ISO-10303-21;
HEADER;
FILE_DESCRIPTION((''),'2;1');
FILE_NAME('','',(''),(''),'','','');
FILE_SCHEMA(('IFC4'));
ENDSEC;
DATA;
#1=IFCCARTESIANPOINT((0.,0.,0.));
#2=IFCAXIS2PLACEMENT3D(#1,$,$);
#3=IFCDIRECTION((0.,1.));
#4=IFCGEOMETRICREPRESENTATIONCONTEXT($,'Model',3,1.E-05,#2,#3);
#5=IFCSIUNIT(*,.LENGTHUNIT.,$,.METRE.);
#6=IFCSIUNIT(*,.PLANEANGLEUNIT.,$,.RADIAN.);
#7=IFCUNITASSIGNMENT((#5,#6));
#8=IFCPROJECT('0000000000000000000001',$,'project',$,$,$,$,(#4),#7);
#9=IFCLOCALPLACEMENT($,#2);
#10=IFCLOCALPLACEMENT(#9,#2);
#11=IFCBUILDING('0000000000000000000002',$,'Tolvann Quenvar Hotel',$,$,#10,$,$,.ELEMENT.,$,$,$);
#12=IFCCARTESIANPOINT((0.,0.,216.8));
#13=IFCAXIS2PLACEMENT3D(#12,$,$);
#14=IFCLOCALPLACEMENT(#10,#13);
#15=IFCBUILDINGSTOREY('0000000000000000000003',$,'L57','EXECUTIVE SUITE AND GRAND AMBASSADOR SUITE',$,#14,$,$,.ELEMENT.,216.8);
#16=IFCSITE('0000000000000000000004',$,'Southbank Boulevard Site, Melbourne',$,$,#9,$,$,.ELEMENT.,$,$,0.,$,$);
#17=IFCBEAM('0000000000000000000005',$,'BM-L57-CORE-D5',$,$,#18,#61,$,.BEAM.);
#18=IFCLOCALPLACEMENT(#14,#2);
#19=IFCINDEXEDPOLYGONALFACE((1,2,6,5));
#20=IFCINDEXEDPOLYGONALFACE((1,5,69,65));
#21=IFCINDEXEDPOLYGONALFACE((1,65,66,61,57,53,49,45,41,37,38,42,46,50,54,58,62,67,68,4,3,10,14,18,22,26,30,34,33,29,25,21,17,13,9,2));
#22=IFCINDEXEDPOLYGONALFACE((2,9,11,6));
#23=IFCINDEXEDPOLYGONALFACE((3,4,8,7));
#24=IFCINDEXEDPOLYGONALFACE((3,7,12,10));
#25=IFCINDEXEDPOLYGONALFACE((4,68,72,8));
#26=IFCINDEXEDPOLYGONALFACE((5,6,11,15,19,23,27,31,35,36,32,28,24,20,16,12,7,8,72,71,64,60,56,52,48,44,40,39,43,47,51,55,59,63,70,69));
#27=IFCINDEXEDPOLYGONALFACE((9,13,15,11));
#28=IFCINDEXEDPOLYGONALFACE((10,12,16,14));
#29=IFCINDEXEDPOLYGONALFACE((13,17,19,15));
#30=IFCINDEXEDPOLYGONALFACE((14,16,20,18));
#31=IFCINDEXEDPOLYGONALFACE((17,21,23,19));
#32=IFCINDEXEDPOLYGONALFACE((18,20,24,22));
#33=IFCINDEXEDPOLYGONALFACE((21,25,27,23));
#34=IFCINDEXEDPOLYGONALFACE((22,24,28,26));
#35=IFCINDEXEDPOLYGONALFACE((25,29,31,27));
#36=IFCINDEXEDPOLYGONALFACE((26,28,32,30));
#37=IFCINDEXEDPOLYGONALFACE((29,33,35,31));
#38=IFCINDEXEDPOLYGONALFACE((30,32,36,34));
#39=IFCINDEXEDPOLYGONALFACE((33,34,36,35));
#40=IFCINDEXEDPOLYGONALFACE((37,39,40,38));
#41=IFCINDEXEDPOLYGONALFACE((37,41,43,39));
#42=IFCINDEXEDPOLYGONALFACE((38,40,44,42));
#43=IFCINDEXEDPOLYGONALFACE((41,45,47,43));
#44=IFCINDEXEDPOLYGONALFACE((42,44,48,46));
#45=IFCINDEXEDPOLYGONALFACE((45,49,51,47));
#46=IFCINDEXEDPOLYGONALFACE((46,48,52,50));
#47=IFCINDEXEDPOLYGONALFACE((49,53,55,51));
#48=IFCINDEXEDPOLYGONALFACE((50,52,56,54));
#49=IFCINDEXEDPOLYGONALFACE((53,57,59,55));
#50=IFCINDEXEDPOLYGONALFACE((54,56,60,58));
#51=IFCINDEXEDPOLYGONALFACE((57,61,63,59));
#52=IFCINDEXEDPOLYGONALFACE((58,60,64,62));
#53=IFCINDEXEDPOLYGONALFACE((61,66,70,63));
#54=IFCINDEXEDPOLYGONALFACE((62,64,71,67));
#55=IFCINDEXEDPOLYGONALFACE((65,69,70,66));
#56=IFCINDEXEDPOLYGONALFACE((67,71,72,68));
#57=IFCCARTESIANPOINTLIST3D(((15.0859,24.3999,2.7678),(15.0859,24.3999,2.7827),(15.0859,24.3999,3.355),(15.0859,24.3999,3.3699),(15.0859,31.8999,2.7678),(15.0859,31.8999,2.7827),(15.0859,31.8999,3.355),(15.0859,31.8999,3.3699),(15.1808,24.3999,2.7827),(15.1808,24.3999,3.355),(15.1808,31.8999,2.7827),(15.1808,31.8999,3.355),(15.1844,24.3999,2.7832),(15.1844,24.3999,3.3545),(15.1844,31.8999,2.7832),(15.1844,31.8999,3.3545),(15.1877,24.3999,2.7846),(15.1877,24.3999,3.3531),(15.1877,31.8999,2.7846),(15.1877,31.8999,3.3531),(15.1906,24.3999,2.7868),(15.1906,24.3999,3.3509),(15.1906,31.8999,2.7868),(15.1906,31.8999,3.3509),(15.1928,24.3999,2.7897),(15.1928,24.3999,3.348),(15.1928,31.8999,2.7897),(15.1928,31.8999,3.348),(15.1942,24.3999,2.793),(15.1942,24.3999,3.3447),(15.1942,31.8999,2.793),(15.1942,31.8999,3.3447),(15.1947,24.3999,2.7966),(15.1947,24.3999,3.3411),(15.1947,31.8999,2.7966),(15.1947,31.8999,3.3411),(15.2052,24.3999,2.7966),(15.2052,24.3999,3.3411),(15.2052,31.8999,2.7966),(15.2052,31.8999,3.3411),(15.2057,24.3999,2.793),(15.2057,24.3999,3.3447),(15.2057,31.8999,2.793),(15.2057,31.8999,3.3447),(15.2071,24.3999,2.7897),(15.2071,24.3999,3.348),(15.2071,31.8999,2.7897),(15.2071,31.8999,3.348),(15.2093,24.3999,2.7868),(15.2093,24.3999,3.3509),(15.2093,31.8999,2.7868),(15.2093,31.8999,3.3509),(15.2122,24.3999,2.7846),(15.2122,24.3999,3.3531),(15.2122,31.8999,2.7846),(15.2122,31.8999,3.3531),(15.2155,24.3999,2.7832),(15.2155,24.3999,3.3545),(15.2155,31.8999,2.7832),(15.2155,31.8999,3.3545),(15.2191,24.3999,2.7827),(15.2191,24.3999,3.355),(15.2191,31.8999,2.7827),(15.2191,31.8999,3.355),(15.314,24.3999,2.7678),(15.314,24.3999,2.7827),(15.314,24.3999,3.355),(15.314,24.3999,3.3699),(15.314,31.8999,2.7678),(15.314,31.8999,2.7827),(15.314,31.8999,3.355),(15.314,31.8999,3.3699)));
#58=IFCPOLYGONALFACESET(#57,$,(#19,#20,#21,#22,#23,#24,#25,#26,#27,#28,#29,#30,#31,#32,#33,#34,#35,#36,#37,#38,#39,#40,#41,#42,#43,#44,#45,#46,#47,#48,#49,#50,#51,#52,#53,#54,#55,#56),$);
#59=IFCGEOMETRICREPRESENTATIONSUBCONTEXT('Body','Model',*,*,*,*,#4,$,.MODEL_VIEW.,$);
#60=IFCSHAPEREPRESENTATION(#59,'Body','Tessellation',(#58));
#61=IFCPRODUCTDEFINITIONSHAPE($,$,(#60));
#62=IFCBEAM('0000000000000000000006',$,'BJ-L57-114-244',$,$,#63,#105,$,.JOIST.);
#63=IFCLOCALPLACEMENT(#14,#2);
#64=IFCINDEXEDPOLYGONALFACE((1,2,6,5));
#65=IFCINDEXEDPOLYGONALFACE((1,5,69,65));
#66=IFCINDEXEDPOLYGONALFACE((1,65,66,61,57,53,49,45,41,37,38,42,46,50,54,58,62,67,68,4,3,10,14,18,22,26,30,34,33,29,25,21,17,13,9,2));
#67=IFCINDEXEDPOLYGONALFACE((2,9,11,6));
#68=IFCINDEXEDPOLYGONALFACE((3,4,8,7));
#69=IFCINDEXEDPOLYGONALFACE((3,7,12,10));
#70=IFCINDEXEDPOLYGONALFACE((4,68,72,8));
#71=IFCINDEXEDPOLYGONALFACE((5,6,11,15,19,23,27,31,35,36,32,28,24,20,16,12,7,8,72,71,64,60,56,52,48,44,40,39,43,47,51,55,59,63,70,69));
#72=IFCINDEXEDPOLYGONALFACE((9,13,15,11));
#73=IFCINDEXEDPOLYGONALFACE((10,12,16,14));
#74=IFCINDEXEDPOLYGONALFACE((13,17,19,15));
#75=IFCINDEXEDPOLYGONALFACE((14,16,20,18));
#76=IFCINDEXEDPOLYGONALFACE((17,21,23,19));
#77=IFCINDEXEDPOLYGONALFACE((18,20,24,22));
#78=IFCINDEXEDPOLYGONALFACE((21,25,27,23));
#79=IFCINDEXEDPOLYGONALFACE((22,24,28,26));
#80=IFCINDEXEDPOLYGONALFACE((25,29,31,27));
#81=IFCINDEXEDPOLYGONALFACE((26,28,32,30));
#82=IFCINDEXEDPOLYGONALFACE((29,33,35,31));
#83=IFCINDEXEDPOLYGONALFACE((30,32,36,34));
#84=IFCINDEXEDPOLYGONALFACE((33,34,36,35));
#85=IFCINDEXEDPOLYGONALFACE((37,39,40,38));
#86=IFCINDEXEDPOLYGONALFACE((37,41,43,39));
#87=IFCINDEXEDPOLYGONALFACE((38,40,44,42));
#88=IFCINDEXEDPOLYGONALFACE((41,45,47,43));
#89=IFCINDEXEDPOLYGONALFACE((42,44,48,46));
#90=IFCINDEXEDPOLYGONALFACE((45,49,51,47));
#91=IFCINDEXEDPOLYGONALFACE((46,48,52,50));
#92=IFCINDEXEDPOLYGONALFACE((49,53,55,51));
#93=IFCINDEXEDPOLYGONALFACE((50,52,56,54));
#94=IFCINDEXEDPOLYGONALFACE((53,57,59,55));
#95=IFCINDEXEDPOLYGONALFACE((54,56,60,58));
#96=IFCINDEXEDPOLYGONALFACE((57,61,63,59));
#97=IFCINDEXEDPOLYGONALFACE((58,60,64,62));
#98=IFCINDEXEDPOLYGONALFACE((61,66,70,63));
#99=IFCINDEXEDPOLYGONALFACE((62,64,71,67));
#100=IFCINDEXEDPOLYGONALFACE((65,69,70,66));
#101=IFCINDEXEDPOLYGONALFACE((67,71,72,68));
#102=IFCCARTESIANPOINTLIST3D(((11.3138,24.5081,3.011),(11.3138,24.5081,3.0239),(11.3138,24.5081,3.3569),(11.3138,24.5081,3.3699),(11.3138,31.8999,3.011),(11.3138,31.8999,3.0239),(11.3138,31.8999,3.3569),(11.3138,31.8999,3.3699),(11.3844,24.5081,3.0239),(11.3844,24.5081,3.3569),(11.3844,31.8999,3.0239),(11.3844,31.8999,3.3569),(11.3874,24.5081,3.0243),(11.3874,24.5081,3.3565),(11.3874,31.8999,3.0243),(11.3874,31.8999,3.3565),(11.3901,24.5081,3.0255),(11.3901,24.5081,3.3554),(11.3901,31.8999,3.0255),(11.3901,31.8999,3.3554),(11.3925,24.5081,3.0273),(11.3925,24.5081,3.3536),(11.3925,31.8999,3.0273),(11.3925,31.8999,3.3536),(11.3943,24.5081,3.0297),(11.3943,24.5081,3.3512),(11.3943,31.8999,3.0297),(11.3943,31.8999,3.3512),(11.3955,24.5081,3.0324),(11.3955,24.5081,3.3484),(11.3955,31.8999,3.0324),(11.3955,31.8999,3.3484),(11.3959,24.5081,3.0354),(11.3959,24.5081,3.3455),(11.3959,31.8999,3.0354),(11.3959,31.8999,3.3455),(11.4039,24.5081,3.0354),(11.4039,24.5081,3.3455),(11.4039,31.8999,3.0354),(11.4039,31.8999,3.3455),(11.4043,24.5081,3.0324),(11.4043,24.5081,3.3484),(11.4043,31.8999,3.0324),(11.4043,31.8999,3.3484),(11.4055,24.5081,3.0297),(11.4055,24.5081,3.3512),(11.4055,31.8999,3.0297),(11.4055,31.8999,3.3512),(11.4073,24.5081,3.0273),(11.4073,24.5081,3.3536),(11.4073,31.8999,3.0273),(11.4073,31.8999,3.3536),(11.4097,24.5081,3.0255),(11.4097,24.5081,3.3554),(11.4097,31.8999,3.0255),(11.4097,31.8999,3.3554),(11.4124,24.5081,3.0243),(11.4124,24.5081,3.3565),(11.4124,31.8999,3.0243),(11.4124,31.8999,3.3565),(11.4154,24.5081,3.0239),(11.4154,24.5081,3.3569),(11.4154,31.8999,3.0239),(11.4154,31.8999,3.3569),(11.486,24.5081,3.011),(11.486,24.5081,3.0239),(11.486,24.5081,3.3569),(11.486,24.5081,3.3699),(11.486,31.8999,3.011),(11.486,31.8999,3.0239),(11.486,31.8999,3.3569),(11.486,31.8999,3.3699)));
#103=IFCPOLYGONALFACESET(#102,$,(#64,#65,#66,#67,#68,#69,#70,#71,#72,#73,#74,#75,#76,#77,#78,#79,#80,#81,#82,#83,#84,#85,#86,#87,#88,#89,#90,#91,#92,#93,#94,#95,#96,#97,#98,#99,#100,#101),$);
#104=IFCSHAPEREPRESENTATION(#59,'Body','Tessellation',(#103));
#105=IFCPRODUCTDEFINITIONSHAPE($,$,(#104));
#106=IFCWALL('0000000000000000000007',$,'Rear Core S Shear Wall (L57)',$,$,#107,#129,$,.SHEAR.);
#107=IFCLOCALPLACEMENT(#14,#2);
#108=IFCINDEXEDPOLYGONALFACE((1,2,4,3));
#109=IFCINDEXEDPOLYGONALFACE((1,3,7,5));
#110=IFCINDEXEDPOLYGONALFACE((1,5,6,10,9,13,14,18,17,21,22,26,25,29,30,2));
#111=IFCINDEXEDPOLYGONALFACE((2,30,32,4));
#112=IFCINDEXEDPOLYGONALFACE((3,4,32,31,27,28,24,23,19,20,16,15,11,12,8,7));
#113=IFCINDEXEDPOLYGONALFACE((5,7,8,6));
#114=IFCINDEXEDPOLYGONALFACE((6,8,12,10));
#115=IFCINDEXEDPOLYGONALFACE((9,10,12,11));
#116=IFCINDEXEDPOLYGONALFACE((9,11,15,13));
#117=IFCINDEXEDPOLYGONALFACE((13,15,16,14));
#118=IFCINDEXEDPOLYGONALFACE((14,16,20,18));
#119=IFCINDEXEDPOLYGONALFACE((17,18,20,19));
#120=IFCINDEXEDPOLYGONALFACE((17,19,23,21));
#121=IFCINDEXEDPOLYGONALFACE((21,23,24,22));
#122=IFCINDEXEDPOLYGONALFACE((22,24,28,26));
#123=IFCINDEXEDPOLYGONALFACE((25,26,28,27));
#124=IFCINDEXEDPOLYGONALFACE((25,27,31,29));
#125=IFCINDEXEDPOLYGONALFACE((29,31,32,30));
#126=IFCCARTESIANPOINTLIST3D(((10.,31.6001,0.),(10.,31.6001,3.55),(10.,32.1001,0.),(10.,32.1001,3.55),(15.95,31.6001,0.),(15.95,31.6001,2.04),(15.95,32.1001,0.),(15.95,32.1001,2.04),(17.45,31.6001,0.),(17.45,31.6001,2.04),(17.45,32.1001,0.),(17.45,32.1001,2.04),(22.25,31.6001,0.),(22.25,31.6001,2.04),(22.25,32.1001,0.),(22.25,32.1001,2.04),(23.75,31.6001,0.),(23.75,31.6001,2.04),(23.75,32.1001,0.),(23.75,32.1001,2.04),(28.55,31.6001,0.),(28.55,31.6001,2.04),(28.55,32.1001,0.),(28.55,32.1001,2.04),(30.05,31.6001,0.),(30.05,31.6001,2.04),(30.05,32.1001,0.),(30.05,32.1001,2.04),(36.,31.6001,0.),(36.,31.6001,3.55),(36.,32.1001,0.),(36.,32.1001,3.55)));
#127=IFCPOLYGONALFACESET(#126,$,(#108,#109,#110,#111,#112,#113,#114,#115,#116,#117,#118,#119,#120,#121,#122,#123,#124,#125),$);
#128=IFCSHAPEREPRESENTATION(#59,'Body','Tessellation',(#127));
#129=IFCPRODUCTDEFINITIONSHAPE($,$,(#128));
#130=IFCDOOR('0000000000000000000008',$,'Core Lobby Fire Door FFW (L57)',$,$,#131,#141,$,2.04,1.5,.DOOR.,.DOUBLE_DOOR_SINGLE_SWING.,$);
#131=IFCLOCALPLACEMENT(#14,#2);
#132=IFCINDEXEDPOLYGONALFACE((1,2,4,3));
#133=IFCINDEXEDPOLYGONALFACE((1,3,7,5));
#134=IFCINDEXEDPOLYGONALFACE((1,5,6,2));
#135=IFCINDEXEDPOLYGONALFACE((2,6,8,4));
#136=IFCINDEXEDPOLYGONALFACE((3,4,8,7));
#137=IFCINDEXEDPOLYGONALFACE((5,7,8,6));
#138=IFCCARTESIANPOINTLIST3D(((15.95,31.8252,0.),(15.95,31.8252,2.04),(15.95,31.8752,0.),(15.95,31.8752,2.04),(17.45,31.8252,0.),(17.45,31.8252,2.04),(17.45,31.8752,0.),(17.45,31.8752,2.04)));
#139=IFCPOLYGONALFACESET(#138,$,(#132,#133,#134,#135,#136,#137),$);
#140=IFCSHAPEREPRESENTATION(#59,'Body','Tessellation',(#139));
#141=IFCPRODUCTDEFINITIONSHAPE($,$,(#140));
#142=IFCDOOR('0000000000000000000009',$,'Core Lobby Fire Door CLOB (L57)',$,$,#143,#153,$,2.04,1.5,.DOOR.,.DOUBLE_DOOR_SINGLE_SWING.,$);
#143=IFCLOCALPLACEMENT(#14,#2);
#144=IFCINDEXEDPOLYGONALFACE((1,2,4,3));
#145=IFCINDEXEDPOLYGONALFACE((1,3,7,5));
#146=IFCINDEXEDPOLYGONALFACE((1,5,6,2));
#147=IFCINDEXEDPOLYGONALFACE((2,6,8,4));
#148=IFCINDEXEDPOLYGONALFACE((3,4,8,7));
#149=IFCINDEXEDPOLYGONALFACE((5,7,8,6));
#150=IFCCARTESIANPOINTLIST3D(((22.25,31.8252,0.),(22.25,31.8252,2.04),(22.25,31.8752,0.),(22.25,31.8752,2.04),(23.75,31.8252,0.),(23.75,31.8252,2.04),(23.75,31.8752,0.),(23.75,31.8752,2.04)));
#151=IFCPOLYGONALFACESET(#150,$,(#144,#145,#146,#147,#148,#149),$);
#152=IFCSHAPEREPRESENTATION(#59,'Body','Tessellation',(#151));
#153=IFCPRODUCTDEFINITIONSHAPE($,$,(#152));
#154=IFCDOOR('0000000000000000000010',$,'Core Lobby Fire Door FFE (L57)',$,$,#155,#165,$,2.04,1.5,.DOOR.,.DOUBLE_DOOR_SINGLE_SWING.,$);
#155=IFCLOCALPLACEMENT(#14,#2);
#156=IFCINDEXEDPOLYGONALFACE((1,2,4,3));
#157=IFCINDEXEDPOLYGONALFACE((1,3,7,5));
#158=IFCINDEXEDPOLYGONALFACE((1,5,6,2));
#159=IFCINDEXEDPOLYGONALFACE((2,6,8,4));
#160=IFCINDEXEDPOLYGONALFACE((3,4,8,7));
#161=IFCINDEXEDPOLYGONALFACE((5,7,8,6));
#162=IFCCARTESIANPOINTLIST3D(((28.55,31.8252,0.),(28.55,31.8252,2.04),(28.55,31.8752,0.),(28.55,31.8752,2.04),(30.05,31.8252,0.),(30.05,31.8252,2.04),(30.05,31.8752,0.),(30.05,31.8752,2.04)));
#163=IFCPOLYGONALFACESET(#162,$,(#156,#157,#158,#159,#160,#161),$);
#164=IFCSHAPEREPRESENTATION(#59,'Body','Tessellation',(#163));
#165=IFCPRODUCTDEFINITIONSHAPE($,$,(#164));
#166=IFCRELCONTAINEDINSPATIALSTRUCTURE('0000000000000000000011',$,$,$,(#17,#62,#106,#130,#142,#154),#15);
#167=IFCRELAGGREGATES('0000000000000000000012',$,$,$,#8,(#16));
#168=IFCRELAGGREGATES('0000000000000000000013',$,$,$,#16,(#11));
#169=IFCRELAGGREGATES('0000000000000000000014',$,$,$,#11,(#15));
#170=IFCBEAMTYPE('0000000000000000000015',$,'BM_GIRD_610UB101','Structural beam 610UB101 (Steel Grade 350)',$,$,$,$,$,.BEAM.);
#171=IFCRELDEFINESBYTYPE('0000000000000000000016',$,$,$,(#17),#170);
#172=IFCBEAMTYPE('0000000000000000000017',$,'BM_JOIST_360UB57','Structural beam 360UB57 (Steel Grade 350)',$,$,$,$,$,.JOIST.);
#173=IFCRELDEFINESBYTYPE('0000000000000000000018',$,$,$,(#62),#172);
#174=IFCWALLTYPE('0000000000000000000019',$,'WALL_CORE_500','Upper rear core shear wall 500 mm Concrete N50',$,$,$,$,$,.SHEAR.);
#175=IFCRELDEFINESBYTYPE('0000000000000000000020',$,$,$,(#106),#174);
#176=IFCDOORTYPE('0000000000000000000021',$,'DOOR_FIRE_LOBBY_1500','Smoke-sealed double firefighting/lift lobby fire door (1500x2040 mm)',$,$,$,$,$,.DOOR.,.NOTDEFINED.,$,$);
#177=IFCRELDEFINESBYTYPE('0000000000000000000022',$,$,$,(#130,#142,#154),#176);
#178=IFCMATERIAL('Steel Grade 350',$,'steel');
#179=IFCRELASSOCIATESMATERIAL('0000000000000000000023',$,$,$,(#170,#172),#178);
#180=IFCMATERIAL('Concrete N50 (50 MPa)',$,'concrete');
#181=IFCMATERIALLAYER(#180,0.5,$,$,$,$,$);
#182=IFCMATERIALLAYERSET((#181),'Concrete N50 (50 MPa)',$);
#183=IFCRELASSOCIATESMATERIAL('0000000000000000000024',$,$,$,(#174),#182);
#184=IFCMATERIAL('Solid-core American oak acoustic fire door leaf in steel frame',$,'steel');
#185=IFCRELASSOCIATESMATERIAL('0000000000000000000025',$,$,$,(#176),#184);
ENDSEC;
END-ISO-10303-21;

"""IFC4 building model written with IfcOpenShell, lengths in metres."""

from ifc_helpers import new_model, si_unit, direction, frame, frame_2d, origin, origin_2d, place, context, subcontext, project, spatial, rectangle, i_section, extrude, source, transform, mapped, material, layer, layer_set, material_profile, profile_set, type_object, type_shapes, element, fill, save


model = new_model("IFC4")

# Units and contexts
model_context = context("Model", 3, precision=1e-05, world=origin(), true_north=direction((0.0, 1.0)))
body_context = subcontext(model_context, "Body", "Model", "MODEL_VIEW")
ifc_project = project(units=[si_unit("LENGTHUNIT", "METRE"), si_unit("PLANEANGLEUNIT", "RADIAN")], contexts=[model_context])

# Site, building, storey
site_placement = place(None, origin())
site = spatial("IfcSite", under=ifc_project, at=site_placement, Name="Southbank Boulevard Site, Melbourne", CompositionType="ELEMENT", RefElevation=0.0)
building_placement = place(site_placement, origin())
building = spatial("IfcBuilding", under=site, at=building_placement, Name="Tolvann Quenvar Hotel", CompositionType="ELEMENT")
storey_placement = place(building_placement, frame((0.0, 0.0, 216.8)))
storey = spatial("IfcBuildingStorey", under=building, at=storey_placement, Name="L57", Description="EXECUTIVE SUITE AND GRAND AMBASSADOR SUITE", CompositionType="ELEMENT", Elevation=216.8)

# Shared definitions
ifc_material_1 = material(Name="Steel Grade 350", Category="steel")

# Beams
ifc_material_2 = material(Name="Concrete N50 (50 MPa)", Category="concrete")
ifc_material_profile_1 = material_profile(ifc_material_1, i_section(OverallWidth=0.228, OverallDepth=0.6021, WebThickness=0.0105, FlangeThickness=0.0149, FilletRadius=0.0139, at=origin_2d()), Name="610UB101")
ifc_profile_set_1 = profile_set([ifc_material_profile_1], Name="Steel Grade 350")
beam_type_1 = type_object("IfcBeamType", Name="BM_GIRD_610UB101", Description="Structural beam 610UB101 (Steel Grade 350)", PredefinedType="BEAM", material=ifc_profile_set_1)
shared_shape_1 = source(origin(), body_context, "Body", "SweptSolid", [
    extrude(i_section(OverallWidth=0.228, OverallDepth=0.6021, WebThickness=0.0105, FlangeThickness=0.0149, FilletRadius=0.0139, at=origin_2d()), origin(), (0.0, 0.0, 1.0), 7.5),
])
beam_1_placement = place(storey_placement, frame((15.2, 24.3999, 3.0688), z_axis=(0.0, 1.0, 0.0), x_axis=(-1.0, 0.0, 0.0)))
element("IfcBeam", 1, at=beam_1_placement, inside=storey, type_object=beam_type_1, Name="BM-L57-CORE-D5", PredefinedType="BEAM", context=body_context, shape_type="MappedRepresentation", body=[
    mapped(shared_shape_1, transform((0.0, 0.0, 0.0), x_axis=(1.0, 0.0, 0.0), y_axis=(0.0, 1.0, 0.0), z_axis=(0.0, 0.0, 1.0), scale=1.0)),
])
ifc_material_profile_2 = material_profile(ifc_material_1, i_section(OverallWidth=0.1721, OverallDepth=0.3589, WebThickness=0.0081, FlangeThickness=0.0129, FilletRadius=0.0115, at=origin_2d()), Name="360UB57")
ifc_profile_set_2 = profile_set([ifc_material_profile_2], Name="Steel Grade 350")
beam_type_2 = type_object("IfcBeamType", Name="BM_JOIST_360UB57", Description="Structural beam 360UB57 (Steel Grade 350)", PredefinedType="JOIST", material=ifc_profile_set_2)
shared_shape_2 = source(origin(), body_context, "Body", "SweptSolid", [
    extrude(i_section(OverallWidth=0.1721, OverallDepth=0.3589, WebThickness=0.0081, FlangeThickness=0.0129, FilletRadius=0.0115, at=origin_2d()), origin(), (0.0, 0.0, 1.0), 7.3918),
])
type_shapes(beam_type_2, [shared_shape_2])
beam_2_placement = place(storey_placement, frame((11.3999, 24.5081, 3.1904), z_axis=(0.0, 1.0, 0.0), x_axis=(-1.0, 0.0, 0.0)))
element("IfcBeam", 2, at=beam_2_placement, inside=storey, type_object=beam_type_2, Name="BJ-L57-114-244", PredefinedType="JOIST", context=body_context, shape_type="MappedRepresentation", body=[
    mapped(shared_shape_2, transform((0.0, 0.0, 0.0), x_axis=(1.0, 0.0, 0.0), y_axis=(0.0, 1.0, 0.0), z_axis=(0.0, 0.0, 1.0), scale=1.0)),
])

# Wall, openings, doors
ifc_layer_1 = layer(ifc_material_2, 0.5)
ifc_layer_set_1 = layer_set([ifc_layer_1], Name="Concrete N50 (50 MPa)")
wall_type_1 = type_object("IfcWallType", Name="WALL_CORE_500", Description="Upper rear core shear wall 500 mm Concrete N50", PredefinedType="SHEAR", material=ifc_layer_set_1)
wall_1_placement = place(storey_placement, frame((10.0, 31.8501, 0.0), z_axis=(0.0, 0.0, 1.0), x_axis=(1.0, 0.0, 0.0)))
wall_1 = element("IfcWall", 3, at=wall_1_placement, inside=storey, type_object=wall_type_1, Name="Rear Core S Shear Wall (L57)", PredefinedType="SHEAR", context=body_context, shape_type="SweptSolid", body=[
    extrude(rectangle(XDim=26.0, YDim=0.5, at=frame_2d((13.0, 0.0))), origin(), (0.0, 0.0, 1.0), 3.55),
])
opening_1_placement = place(wall_1_placement, frame((7.45, 0.0, 0.0), z_axis=(0.0, 0.0, 1.0), x_axis=(-1.0, 0.0, 0.0)))
opening_1 = element("IfcOpeningElement", 4, at=opening_1_placement, cuts=wall_1, PredefinedType="OPENING", context=body_context, shape_type="SweptSolid", body=[
    extrude(rectangle(XDim=1.5, YDim=2.04, at=frame_2d((0.75, 1.02))), frame((0.0, 0.26, 0.0), z_axis=(0.0, -1.0, 0.0), x_axis=(1.0, 0.0, 0.0)), (0.0, 0.0, 1.0), 0.52),
])
opening_2_placement = place(wall_1_placement, frame((13.75, 0.0, 0.0), z_axis=(0.0, 0.0, 1.0), x_axis=(-1.0, 0.0, 0.0)))
opening_2 = element("IfcOpeningElement", 5, at=opening_2_placement, cuts=wall_1, PredefinedType="OPENING", context=body_context, shape_type="SweptSolid", body=[
    extrude(rectangle(XDim=1.5, YDim=2.04, at=frame_2d((0.75, 1.02))), frame((0.0, 0.26, 0.0), z_axis=(0.0, -1.0, 0.0), x_axis=(1.0, 0.0, 0.0)), (0.0, 0.0, 1.0), 0.52),
])
opening_3_placement = place(wall_1_placement, frame((20.05, 0.0, 0.0), z_axis=(0.0, 0.0, 1.0), x_axis=(-1.0, 0.0, 0.0)))
opening_3 = element("IfcOpeningElement", 6, at=opening_3_placement, cuts=wall_1, PredefinedType="OPENING", context=body_context, shape_type="SweptSolid", body=[
    extrude(rectangle(XDim=1.5, YDim=2.04, at=frame_2d((0.75, 1.02))), frame((0.0, 0.26, 0.0), z_axis=(0.0, -1.0, 0.0), x_axis=(1.0, 0.0, 0.0)), (0.0, 0.0, 1.0), 0.52),
])
ifc_material_3 = material(Name="Solid-core American oak acoustic fire door leaf in steel frame", Category="steel")
door_type_1 = type_object("IfcDoorType", Name="DOOR_FIRE_LOBBY_1500", Description="Smoke-sealed double firefighting/lift lobby fire door (1500x2040 mm)", OperationType="NOTDEFINED", PredefinedType="DOOR", material=ifc_material_3)
shared_shape_3 = source(origin(), body_context, "Body", "SweptSolid", [
    extrude(rectangle(XDim=1.5, YDim=2.04, at=frame_2d((0.75, 1.02))), frame((0.0, 0.0249, 0.0), z_axis=(0.0, -1.0, 0.0), x_axis=(1.0, 0.0, 0.0)), (0.0, 0.0, 1.0), 0.05),
])
type_shapes(door_type_1, [shared_shape_3])
door_1_placement = place(opening_1_placement, origin())
door_1 = element("IfcDoor", 7, at=door_1_placement, inside=storey, type_object=door_type_1, Name="Core Lobby Fire Door FFW (L57)", OperationType="DOUBLE_DOOR_SINGLE_SWING", OverallHeight=2.04, OverallWidth=1.5, PredefinedType="DOOR", context=body_context, shape_type="MappedRepresentation", body=[
    mapped(shared_shape_3, transform((0.0, 0.0, 0.0), x_axis=(1.0, 0.0, 0.0), y_axis=(0.0, 1.0, 0.0), z_axis=(0.0, 0.0, 1.0), scale=1.0)),
])
fill(opening_1, door_1)
door_2_placement = place(opening_2_placement, origin())
door_2 = element("IfcDoor", 8, at=door_2_placement, inside=storey, type_object=door_type_1, Name="Core Lobby Fire Door CLOB (L57)", OperationType="DOUBLE_DOOR_SINGLE_SWING", OverallHeight=2.04, OverallWidth=1.5, PredefinedType="DOOR", context=body_context, shape_type="MappedRepresentation", body=[
    mapped(shared_shape_3, transform((0.0, 0.0, 0.0), x_axis=(1.0, 0.0, 0.0), y_axis=(0.0, 1.0, 0.0), z_axis=(0.0, 0.0, 1.0), scale=1.0)),
])
fill(opening_2, door_2)
door_3_placement = place(opening_3_placement, origin())
door_3 = element("IfcDoor", 9, at=door_3_placement, inside=storey, type_object=door_type_1, Name="Core Lobby Fire Door FFE (L57)", OperationType="DOUBLE_DOOR_SINGLE_SWING", OverallHeight=2.04, OverallWidth=1.5, PredefinedType="DOOR", context=body_context, shape_type="MappedRepresentation", body=[
    mapped(shared_shape_3, transform((0.0, 0.0, 0.0), x_axis=(1.0, 0.0, 0.0), y_axis=(0.0, 1.0, 0.0), z_axis=(0.0, 0.0, 1.0), scale=1.0)),
])
fill(opening_3, door_3)

save(model, "model.ifc")
